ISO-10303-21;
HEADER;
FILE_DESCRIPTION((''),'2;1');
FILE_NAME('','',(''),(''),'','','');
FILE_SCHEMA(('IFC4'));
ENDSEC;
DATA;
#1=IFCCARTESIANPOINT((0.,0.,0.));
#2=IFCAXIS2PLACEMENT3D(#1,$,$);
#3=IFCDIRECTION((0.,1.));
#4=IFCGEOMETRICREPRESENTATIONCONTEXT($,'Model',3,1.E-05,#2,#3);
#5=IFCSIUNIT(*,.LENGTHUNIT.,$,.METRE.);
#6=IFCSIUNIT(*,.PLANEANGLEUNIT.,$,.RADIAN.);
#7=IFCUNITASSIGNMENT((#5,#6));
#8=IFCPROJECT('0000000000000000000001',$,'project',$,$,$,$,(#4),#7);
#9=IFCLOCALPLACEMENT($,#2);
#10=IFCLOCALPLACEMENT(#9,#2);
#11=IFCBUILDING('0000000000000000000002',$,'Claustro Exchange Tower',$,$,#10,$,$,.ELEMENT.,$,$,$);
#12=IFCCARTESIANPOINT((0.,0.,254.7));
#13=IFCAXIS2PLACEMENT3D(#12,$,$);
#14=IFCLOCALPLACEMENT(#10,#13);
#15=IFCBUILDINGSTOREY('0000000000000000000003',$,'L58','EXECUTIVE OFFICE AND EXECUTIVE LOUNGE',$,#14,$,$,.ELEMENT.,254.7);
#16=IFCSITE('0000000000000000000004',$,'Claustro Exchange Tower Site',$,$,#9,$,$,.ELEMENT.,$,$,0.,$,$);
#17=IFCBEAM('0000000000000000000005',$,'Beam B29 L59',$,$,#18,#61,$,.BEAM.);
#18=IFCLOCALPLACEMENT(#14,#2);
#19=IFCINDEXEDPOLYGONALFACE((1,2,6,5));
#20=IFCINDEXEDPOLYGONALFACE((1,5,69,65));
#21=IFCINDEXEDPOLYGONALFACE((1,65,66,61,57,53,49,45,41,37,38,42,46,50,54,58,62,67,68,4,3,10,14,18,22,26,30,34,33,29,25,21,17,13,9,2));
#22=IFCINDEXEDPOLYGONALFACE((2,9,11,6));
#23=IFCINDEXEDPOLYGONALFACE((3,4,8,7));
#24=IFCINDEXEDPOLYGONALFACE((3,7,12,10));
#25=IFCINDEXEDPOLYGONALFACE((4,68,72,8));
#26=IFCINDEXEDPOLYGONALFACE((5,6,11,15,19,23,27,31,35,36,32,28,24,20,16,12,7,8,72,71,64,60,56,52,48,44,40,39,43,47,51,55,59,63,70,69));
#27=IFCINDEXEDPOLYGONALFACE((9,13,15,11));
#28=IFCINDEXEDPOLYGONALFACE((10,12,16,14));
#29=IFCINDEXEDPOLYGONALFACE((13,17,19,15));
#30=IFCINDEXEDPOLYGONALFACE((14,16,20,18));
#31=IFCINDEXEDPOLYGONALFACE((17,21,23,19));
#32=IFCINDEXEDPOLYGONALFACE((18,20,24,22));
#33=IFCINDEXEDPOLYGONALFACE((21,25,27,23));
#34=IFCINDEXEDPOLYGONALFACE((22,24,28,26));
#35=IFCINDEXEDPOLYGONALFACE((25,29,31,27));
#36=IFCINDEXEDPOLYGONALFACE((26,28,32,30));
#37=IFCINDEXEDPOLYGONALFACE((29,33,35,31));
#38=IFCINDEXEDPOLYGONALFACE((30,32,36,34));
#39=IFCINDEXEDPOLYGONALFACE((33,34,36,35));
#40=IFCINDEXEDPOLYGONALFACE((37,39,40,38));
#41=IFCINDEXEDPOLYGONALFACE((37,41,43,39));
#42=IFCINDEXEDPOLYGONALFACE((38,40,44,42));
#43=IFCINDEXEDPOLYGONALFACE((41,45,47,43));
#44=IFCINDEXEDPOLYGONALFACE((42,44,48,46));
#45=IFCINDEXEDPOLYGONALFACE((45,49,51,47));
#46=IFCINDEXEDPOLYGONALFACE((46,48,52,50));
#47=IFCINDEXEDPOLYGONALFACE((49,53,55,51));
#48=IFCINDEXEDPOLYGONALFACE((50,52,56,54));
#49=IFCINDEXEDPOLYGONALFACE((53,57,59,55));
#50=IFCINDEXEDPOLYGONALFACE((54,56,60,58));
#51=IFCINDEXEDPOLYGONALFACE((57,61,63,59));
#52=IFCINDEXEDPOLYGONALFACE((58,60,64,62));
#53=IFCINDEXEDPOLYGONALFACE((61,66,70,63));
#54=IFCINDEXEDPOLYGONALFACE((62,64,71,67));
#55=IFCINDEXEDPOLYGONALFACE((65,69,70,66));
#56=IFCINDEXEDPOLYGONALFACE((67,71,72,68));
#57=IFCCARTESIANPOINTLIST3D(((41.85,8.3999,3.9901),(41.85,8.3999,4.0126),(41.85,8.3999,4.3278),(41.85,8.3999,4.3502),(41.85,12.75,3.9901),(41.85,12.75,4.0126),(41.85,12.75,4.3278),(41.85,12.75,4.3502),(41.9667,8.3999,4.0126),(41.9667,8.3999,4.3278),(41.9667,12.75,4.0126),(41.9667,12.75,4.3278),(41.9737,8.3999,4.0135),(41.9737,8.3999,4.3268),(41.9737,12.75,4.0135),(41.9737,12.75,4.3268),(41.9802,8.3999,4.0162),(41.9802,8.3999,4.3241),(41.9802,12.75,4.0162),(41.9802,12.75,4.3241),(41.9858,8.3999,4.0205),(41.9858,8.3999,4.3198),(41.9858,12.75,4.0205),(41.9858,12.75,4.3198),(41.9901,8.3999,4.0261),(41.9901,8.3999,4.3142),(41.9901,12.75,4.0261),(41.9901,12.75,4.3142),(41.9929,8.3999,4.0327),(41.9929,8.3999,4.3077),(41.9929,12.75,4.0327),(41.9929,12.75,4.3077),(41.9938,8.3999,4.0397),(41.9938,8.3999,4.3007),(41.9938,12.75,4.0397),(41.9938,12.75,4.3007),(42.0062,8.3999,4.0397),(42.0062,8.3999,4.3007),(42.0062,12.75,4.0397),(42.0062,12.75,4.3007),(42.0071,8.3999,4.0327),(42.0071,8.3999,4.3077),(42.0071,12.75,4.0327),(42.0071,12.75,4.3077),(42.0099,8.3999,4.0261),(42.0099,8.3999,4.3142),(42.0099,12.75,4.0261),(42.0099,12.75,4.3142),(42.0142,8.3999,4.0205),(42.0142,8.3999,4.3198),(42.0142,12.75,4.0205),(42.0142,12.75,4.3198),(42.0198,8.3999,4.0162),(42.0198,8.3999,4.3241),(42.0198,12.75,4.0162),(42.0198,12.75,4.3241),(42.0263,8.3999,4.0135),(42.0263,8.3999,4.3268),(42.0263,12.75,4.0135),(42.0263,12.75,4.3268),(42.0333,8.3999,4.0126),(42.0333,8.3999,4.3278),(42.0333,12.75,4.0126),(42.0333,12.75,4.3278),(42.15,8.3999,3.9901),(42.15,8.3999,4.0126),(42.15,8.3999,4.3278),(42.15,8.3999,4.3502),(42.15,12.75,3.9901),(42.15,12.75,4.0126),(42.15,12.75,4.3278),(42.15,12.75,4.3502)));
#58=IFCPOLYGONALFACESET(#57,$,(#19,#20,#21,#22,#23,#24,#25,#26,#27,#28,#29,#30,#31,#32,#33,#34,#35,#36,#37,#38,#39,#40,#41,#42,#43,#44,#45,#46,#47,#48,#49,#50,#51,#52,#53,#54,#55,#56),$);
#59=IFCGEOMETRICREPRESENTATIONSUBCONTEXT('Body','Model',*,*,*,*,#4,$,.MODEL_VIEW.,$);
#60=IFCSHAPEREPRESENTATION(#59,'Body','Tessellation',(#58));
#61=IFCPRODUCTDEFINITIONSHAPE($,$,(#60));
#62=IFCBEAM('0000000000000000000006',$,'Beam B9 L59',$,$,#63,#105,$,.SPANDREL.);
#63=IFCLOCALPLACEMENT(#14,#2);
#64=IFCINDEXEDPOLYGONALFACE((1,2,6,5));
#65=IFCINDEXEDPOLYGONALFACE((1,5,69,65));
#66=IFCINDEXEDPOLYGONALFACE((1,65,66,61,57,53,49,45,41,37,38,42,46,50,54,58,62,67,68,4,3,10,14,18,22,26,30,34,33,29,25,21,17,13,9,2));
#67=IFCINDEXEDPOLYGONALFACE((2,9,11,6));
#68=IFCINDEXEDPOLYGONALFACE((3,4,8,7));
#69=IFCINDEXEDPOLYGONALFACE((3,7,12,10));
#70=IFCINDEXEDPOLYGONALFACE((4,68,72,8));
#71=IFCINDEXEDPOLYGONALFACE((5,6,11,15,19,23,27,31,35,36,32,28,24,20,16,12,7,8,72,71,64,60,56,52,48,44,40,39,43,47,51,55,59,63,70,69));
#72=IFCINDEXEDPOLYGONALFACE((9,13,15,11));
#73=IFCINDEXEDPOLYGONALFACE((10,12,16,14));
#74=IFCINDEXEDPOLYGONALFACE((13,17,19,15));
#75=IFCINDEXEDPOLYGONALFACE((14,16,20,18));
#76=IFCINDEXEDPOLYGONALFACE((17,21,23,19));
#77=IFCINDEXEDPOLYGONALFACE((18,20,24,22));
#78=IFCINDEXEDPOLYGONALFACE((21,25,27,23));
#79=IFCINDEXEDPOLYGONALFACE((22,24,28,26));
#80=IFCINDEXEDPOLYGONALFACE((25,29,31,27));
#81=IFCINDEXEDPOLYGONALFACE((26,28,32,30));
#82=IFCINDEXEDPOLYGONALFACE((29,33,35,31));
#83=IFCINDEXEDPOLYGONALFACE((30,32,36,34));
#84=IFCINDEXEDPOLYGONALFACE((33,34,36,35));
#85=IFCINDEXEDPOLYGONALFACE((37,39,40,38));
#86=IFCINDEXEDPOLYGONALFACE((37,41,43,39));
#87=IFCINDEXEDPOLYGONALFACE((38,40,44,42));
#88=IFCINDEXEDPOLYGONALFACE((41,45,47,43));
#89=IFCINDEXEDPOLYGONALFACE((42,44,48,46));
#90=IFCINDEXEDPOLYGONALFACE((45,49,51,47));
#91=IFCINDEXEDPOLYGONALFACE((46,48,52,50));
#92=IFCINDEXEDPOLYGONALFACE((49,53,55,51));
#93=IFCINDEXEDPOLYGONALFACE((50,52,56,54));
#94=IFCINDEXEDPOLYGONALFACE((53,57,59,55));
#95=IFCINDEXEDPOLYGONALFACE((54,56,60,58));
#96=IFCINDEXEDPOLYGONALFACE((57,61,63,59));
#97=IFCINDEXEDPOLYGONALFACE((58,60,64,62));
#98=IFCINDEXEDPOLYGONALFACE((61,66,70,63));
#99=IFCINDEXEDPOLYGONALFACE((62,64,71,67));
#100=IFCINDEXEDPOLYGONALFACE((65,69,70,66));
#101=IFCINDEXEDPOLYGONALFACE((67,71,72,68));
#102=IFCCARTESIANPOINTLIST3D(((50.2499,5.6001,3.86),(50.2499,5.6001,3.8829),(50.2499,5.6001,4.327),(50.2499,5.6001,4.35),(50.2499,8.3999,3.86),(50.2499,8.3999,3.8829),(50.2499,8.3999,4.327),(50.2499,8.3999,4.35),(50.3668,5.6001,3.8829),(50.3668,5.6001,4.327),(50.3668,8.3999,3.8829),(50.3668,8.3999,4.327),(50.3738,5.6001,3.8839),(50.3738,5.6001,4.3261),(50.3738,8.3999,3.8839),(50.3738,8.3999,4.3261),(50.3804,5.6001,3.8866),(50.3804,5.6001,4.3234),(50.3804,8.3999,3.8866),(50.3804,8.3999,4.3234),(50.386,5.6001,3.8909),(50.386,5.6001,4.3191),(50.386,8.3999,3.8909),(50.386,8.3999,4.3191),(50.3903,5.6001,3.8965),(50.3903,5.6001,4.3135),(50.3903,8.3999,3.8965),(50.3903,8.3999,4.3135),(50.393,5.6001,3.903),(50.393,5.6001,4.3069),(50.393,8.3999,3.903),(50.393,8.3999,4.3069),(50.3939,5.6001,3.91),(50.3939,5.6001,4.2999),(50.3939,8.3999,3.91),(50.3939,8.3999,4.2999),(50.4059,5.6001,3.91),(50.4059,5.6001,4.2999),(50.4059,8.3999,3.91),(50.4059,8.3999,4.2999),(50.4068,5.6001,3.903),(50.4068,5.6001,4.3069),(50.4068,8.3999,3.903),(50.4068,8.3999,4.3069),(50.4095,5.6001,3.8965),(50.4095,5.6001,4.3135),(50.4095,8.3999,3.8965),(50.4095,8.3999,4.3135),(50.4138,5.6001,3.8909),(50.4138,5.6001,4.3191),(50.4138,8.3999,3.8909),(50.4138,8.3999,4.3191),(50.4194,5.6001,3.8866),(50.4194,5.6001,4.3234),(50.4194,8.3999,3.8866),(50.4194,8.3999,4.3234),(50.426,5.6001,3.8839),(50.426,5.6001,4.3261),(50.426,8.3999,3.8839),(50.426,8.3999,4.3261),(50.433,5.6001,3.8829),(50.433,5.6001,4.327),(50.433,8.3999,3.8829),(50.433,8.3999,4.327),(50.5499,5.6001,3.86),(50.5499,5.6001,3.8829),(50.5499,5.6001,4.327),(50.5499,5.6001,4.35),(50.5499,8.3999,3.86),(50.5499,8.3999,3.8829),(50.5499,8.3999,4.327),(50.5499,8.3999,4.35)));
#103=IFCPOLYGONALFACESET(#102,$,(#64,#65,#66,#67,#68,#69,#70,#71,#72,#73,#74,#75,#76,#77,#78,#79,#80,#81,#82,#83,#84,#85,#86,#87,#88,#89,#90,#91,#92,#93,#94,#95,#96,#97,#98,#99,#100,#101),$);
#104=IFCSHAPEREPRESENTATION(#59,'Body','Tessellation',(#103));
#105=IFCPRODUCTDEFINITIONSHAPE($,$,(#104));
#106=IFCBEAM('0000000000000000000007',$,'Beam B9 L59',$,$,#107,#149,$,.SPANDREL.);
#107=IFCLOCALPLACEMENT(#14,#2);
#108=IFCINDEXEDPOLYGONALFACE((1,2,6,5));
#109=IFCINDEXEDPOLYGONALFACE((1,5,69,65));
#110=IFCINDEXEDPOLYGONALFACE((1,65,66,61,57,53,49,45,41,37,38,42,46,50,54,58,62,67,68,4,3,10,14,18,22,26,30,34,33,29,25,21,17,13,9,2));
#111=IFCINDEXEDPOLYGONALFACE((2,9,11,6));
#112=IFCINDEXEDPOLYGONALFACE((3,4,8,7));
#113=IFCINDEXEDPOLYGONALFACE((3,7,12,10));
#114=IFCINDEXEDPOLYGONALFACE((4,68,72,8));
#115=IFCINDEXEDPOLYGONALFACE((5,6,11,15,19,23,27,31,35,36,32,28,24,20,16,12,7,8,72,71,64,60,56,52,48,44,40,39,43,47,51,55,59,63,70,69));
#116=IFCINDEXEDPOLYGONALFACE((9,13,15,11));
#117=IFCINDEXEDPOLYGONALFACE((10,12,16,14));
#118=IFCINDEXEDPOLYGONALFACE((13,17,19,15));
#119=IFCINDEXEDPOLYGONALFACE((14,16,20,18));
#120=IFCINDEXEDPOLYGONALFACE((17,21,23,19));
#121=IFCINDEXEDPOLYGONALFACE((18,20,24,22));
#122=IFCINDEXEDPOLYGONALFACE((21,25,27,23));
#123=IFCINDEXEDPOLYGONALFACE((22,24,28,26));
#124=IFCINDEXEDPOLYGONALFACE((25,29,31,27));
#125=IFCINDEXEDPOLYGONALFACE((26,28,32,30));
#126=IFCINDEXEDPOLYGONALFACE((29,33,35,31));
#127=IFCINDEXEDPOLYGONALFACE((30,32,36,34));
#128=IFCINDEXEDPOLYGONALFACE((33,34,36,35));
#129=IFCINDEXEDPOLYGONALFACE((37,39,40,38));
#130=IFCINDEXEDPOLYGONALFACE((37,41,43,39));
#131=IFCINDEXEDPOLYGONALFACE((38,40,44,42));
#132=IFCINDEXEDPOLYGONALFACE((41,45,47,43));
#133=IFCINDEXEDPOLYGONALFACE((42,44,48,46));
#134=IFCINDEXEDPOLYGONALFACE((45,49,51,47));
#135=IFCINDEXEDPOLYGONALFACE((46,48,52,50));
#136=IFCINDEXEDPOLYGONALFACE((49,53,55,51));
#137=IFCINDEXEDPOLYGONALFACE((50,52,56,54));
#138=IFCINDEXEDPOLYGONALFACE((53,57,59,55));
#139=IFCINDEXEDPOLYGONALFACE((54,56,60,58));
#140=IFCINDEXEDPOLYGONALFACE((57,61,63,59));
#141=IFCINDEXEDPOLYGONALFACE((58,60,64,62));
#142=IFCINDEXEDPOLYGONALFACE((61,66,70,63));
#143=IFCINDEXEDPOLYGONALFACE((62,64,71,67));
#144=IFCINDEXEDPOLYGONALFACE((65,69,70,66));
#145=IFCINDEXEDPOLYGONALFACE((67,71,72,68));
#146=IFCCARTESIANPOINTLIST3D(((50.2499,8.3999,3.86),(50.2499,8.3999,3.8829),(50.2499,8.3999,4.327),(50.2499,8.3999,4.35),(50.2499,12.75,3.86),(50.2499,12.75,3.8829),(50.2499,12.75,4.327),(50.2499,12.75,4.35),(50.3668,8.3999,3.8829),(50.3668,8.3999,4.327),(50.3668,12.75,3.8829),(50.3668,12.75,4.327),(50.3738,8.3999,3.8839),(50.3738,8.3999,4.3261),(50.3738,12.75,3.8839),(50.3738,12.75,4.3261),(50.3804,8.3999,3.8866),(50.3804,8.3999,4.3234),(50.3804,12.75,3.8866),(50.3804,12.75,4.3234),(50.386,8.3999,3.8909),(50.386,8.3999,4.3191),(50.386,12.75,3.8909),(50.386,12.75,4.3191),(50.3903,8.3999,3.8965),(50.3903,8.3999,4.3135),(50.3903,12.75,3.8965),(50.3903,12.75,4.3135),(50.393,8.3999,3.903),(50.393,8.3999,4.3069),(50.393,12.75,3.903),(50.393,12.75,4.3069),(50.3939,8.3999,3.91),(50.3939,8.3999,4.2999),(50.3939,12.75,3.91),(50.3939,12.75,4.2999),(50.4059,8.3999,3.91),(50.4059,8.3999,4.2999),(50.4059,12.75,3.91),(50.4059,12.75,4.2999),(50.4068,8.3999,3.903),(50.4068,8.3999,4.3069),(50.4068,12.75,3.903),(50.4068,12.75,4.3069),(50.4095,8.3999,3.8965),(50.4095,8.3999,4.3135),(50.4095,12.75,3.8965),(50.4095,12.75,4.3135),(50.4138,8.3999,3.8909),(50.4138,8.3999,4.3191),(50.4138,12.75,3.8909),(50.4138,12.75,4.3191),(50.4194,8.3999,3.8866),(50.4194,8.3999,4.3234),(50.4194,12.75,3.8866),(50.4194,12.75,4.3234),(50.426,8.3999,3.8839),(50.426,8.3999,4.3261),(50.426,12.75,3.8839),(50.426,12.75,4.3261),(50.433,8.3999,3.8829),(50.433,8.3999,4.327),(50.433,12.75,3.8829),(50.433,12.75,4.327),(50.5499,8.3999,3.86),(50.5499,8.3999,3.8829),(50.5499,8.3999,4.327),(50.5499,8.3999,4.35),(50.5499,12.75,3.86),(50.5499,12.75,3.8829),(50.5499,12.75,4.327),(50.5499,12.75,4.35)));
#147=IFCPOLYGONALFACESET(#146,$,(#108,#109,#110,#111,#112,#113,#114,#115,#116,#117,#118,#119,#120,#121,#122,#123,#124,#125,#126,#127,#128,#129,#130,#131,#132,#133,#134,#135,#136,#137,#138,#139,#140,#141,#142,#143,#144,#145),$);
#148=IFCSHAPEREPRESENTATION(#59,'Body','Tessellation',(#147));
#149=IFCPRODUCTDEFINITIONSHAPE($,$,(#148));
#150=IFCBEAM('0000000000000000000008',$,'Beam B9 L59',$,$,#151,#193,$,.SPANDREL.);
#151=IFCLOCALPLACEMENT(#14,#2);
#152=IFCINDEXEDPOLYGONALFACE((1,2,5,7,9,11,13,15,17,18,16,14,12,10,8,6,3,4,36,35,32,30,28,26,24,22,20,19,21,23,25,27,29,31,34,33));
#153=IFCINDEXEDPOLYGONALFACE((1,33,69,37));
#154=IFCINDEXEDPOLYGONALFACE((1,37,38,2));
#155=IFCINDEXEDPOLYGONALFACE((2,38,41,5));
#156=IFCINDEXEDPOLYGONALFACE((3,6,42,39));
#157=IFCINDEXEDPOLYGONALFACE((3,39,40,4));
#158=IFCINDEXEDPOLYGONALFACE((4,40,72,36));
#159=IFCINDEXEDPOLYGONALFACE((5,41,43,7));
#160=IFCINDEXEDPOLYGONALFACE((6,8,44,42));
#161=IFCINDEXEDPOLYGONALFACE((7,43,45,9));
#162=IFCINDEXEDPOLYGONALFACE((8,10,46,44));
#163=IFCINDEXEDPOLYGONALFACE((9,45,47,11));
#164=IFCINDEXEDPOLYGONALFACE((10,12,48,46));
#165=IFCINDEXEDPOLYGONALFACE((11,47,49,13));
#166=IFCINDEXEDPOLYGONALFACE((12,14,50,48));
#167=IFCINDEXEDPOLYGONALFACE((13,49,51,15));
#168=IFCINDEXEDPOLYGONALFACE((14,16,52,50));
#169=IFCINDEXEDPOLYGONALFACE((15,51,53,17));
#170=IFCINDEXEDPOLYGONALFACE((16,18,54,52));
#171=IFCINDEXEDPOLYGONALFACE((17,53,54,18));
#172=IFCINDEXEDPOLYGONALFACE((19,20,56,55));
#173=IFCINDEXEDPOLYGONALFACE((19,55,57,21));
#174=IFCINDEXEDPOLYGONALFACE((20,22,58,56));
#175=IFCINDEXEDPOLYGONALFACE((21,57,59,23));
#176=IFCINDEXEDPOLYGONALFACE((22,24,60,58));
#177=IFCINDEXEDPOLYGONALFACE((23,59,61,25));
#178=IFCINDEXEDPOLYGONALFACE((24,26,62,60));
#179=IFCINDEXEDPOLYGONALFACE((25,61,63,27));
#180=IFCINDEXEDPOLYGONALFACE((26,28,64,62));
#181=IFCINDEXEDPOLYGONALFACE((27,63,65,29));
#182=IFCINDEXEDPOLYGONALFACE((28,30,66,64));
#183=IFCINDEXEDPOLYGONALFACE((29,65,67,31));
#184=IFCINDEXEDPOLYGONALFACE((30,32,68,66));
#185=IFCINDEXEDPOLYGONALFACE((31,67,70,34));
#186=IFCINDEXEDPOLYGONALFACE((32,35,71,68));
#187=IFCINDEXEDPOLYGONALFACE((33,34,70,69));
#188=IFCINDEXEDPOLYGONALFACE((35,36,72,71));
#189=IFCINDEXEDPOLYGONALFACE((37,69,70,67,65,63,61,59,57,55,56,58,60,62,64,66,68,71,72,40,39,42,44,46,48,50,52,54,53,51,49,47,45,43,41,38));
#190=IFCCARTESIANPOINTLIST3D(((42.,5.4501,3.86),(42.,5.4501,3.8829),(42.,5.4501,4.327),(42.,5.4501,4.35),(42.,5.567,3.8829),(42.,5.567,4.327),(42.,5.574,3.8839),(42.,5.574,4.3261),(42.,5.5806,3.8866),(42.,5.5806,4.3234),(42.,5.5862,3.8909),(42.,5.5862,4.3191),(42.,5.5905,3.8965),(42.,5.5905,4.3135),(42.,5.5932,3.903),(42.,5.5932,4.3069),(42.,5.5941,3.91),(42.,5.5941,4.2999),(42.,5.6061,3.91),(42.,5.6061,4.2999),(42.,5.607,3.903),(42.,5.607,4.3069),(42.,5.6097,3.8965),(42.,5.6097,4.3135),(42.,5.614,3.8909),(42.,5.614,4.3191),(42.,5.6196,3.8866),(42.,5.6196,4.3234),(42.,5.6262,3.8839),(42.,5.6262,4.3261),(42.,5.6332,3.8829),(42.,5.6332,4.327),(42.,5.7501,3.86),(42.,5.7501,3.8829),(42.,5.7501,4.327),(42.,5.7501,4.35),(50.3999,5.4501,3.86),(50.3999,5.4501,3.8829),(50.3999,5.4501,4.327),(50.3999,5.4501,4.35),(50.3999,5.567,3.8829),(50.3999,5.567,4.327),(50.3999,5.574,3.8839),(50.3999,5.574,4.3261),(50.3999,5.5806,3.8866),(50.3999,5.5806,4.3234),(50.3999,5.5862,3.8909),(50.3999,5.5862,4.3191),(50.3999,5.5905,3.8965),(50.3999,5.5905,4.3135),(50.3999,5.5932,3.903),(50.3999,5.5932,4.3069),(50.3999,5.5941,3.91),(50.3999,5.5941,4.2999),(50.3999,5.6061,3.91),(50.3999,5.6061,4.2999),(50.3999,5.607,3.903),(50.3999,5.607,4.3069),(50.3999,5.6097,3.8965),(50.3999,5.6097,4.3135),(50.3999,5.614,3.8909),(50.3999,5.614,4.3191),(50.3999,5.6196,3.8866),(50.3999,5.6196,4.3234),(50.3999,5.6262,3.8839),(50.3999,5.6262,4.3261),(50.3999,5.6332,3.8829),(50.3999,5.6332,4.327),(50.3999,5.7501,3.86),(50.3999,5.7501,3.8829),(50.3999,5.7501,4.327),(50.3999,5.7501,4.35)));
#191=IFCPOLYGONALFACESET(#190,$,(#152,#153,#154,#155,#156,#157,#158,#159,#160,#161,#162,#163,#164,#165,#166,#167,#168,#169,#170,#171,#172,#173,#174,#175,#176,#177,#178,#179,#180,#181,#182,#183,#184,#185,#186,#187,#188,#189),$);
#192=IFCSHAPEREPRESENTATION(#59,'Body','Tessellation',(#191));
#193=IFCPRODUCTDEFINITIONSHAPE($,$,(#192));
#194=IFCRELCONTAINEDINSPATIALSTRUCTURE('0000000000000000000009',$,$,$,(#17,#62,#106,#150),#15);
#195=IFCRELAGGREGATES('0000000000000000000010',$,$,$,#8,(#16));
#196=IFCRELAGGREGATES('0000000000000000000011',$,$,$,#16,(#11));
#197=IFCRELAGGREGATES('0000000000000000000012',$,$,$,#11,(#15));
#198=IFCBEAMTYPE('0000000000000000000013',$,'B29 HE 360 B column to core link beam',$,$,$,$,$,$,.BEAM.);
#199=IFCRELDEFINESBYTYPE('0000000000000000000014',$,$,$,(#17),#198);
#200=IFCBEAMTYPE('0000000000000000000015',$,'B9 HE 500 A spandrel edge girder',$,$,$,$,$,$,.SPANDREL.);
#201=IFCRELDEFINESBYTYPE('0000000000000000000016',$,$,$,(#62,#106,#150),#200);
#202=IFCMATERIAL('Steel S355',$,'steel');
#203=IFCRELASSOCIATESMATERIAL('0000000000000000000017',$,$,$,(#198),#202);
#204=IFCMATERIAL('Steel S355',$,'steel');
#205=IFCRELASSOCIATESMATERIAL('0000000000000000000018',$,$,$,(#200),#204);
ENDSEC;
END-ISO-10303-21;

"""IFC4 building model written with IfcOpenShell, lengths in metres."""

from ifc_helpers import new_model, si_unit, direction, frame, origin, origin_2d, place, context, subcontext, project, spatial, i_section, extrude, material, material_profile, profile_set, type_object, element, save


model = new_model("IFC4")

# Units and contexts
model_context = context("Model", 3, precision=1e-05, world=origin(), true_north=direction((0.0, 1.0)))
body_context = subcontext(model_context, "Body", "Model", "MODEL_VIEW")
ifc_project = project(units=[si_unit("LENGTHUNIT", "METRE"), si_unit("PLANEANGLEUNIT", "RADIAN")], contexts=[model_context])

# Site, building, storey
site_placement = place(None, origin())
site = spatial("IfcSite", under=ifc_project, at=site_placement, Name="Claustro Exchange Tower Site", CompositionType="ELEMENT", RefElevation=0.0)
building_placement = place(site_placement, origin())
building = spatial("IfcBuilding", under=site, at=building_placement, Name="Claustro Exchange Tower", CompositionType="ELEMENT")
storey_placement = place(building_placement, frame((0.0, 0.0, 254.7)))
storey = spatial("IfcBuildingStorey", under=building, at=storey_placement, Name="L58", Description="EXECUTIVE OFFICE AND EXECUTIVE LOUNGE", CompositionType="ELEMENT", Elevation=254.7)

# Beams
ifc_material_1 = material(Name="Steel S355", Category="steel")
ifc_material_profile_1 = material_profile(ifc_material_1, i_section(OverallWidth=0.3, OverallDepth=0.3601, WebThickness=0.0125, FlangeThickness=0.0225, FilletRadius=0.0271, at=origin_2d()), Name="HE 360 B")
ifc_profile_set_1 = profile_set([ifc_material_profile_1], Name="Steel S355")
beam_type_1 = type_object("IfcBeamType", Name="B29 HE 360 B column to core link beam", PredefinedType="BEAM", material=ifc_profile_set_1)
beam_1_placement = place(storey_placement, frame((42.0, 8.3999, 4.1702), z_axis=(0.0, 1.0, 0.0), x_axis=(-1.0, 0.0, 0.0)))
element("IfcBeam", 1, at=beam_1_placement, inside=storey, type_object=beam_type_1, Name="Beam B29 L59", PredefinedType="BEAM", context=body_context, shape_type="SweptSolid", body=[
    extrude(i_section(OverallWidth=0.3, OverallDepth=0.3601, WebThickness=0.0125, FlangeThickness=0.0225, FilletRadius=0.0271, at=origin_2d()), origin(), (0.0, 0.0, 1.0), 4.3501),
])
ifc_material_2 = material(Name="Steel S355", Category="steel")
ifc_material_profile_2 = material_profile(ifc_material_2, i_section(OverallWidth=0.3, OverallDepth=0.49, WebThickness=0.012, FlangeThickness=0.0229, FilletRadius=0.0271, at=origin_2d()), Name="HE 500 A")
ifc_profile_set_2 = profile_set([ifc_material_profile_2], Name="Steel S355")
beam_type_2 = type_object("IfcBeamType", Name="B9 HE 500 A spandrel edge girder", PredefinedType="SPANDREL", material=ifc_profile_set_2)
beam_2_placement = place(storey_placement, frame((50.3999, 5.6001, 4.105), z_axis=(0.0, 1.0, 0.0), x_axis=(-1.0, 0.0, 0.0)))
element("IfcBeam", 2, at=beam_2_placement, inside=storey, type_object=beam_type_2, Name="Beam B9 L59", PredefinedType="SPANDREL", context=body_context, shape_type="SweptSolid", body=[
    extrude(i_section(OverallWidth=0.3, OverallDepth=0.49, WebThickness=0.012, FlangeThickness=0.0229, FilletRadius=0.0271, at=origin_2d()), origin(), (0.0, 0.0, 1.0), 2.7998),
])
beam_3_placement = place(storey_placement, frame((50.3999, 8.3999, 4.105), z_axis=(0.0, 1.0, 0.0), x_axis=(-1.0, 0.0, 0.0)))
element("IfcBeam", 3, at=beam_3_placement, inside=storey, type_object=beam_type_2, Name="Beam B9 L59", PredefinedType="SPANDREL", context=body_context, shape_type="SweptSolid", body=[
    extrude(i_section(OverallWidth=0.3, OverallDepth=0.49, WebThickness=0.012, FlangeThickness=0.0229, FilletRadius=0.0271, at=origin_2d()), origin(), (0.0, 0.0, 1.0), 4.3501),
])
beam_4_placement = place(storey_placement, frame((42.0, 5.6001, 4.105), z_axis=(1.0, 0.0, 0.0), x_axis=(0.0, 1.0, 0.0)))
element("IfcBeam", 4, at=beam_4_placement, inside=storey, type_object=beam_type_2, Name="Beam B9 L59", PredefinedType="SPANDREL", context=body_context, shape_type="SweptSolid", body=[
    extrude(i_section(OverallWidth=0.3, OverallDepth=0.49, WebThickness=0.012, FlangeThickness=0.0229, FilletRadius=0.0271, at=origin_2d()), origin(), (0.0, 0.0, 1.0), 8.3999),
])

save(model, "model.ifc")
